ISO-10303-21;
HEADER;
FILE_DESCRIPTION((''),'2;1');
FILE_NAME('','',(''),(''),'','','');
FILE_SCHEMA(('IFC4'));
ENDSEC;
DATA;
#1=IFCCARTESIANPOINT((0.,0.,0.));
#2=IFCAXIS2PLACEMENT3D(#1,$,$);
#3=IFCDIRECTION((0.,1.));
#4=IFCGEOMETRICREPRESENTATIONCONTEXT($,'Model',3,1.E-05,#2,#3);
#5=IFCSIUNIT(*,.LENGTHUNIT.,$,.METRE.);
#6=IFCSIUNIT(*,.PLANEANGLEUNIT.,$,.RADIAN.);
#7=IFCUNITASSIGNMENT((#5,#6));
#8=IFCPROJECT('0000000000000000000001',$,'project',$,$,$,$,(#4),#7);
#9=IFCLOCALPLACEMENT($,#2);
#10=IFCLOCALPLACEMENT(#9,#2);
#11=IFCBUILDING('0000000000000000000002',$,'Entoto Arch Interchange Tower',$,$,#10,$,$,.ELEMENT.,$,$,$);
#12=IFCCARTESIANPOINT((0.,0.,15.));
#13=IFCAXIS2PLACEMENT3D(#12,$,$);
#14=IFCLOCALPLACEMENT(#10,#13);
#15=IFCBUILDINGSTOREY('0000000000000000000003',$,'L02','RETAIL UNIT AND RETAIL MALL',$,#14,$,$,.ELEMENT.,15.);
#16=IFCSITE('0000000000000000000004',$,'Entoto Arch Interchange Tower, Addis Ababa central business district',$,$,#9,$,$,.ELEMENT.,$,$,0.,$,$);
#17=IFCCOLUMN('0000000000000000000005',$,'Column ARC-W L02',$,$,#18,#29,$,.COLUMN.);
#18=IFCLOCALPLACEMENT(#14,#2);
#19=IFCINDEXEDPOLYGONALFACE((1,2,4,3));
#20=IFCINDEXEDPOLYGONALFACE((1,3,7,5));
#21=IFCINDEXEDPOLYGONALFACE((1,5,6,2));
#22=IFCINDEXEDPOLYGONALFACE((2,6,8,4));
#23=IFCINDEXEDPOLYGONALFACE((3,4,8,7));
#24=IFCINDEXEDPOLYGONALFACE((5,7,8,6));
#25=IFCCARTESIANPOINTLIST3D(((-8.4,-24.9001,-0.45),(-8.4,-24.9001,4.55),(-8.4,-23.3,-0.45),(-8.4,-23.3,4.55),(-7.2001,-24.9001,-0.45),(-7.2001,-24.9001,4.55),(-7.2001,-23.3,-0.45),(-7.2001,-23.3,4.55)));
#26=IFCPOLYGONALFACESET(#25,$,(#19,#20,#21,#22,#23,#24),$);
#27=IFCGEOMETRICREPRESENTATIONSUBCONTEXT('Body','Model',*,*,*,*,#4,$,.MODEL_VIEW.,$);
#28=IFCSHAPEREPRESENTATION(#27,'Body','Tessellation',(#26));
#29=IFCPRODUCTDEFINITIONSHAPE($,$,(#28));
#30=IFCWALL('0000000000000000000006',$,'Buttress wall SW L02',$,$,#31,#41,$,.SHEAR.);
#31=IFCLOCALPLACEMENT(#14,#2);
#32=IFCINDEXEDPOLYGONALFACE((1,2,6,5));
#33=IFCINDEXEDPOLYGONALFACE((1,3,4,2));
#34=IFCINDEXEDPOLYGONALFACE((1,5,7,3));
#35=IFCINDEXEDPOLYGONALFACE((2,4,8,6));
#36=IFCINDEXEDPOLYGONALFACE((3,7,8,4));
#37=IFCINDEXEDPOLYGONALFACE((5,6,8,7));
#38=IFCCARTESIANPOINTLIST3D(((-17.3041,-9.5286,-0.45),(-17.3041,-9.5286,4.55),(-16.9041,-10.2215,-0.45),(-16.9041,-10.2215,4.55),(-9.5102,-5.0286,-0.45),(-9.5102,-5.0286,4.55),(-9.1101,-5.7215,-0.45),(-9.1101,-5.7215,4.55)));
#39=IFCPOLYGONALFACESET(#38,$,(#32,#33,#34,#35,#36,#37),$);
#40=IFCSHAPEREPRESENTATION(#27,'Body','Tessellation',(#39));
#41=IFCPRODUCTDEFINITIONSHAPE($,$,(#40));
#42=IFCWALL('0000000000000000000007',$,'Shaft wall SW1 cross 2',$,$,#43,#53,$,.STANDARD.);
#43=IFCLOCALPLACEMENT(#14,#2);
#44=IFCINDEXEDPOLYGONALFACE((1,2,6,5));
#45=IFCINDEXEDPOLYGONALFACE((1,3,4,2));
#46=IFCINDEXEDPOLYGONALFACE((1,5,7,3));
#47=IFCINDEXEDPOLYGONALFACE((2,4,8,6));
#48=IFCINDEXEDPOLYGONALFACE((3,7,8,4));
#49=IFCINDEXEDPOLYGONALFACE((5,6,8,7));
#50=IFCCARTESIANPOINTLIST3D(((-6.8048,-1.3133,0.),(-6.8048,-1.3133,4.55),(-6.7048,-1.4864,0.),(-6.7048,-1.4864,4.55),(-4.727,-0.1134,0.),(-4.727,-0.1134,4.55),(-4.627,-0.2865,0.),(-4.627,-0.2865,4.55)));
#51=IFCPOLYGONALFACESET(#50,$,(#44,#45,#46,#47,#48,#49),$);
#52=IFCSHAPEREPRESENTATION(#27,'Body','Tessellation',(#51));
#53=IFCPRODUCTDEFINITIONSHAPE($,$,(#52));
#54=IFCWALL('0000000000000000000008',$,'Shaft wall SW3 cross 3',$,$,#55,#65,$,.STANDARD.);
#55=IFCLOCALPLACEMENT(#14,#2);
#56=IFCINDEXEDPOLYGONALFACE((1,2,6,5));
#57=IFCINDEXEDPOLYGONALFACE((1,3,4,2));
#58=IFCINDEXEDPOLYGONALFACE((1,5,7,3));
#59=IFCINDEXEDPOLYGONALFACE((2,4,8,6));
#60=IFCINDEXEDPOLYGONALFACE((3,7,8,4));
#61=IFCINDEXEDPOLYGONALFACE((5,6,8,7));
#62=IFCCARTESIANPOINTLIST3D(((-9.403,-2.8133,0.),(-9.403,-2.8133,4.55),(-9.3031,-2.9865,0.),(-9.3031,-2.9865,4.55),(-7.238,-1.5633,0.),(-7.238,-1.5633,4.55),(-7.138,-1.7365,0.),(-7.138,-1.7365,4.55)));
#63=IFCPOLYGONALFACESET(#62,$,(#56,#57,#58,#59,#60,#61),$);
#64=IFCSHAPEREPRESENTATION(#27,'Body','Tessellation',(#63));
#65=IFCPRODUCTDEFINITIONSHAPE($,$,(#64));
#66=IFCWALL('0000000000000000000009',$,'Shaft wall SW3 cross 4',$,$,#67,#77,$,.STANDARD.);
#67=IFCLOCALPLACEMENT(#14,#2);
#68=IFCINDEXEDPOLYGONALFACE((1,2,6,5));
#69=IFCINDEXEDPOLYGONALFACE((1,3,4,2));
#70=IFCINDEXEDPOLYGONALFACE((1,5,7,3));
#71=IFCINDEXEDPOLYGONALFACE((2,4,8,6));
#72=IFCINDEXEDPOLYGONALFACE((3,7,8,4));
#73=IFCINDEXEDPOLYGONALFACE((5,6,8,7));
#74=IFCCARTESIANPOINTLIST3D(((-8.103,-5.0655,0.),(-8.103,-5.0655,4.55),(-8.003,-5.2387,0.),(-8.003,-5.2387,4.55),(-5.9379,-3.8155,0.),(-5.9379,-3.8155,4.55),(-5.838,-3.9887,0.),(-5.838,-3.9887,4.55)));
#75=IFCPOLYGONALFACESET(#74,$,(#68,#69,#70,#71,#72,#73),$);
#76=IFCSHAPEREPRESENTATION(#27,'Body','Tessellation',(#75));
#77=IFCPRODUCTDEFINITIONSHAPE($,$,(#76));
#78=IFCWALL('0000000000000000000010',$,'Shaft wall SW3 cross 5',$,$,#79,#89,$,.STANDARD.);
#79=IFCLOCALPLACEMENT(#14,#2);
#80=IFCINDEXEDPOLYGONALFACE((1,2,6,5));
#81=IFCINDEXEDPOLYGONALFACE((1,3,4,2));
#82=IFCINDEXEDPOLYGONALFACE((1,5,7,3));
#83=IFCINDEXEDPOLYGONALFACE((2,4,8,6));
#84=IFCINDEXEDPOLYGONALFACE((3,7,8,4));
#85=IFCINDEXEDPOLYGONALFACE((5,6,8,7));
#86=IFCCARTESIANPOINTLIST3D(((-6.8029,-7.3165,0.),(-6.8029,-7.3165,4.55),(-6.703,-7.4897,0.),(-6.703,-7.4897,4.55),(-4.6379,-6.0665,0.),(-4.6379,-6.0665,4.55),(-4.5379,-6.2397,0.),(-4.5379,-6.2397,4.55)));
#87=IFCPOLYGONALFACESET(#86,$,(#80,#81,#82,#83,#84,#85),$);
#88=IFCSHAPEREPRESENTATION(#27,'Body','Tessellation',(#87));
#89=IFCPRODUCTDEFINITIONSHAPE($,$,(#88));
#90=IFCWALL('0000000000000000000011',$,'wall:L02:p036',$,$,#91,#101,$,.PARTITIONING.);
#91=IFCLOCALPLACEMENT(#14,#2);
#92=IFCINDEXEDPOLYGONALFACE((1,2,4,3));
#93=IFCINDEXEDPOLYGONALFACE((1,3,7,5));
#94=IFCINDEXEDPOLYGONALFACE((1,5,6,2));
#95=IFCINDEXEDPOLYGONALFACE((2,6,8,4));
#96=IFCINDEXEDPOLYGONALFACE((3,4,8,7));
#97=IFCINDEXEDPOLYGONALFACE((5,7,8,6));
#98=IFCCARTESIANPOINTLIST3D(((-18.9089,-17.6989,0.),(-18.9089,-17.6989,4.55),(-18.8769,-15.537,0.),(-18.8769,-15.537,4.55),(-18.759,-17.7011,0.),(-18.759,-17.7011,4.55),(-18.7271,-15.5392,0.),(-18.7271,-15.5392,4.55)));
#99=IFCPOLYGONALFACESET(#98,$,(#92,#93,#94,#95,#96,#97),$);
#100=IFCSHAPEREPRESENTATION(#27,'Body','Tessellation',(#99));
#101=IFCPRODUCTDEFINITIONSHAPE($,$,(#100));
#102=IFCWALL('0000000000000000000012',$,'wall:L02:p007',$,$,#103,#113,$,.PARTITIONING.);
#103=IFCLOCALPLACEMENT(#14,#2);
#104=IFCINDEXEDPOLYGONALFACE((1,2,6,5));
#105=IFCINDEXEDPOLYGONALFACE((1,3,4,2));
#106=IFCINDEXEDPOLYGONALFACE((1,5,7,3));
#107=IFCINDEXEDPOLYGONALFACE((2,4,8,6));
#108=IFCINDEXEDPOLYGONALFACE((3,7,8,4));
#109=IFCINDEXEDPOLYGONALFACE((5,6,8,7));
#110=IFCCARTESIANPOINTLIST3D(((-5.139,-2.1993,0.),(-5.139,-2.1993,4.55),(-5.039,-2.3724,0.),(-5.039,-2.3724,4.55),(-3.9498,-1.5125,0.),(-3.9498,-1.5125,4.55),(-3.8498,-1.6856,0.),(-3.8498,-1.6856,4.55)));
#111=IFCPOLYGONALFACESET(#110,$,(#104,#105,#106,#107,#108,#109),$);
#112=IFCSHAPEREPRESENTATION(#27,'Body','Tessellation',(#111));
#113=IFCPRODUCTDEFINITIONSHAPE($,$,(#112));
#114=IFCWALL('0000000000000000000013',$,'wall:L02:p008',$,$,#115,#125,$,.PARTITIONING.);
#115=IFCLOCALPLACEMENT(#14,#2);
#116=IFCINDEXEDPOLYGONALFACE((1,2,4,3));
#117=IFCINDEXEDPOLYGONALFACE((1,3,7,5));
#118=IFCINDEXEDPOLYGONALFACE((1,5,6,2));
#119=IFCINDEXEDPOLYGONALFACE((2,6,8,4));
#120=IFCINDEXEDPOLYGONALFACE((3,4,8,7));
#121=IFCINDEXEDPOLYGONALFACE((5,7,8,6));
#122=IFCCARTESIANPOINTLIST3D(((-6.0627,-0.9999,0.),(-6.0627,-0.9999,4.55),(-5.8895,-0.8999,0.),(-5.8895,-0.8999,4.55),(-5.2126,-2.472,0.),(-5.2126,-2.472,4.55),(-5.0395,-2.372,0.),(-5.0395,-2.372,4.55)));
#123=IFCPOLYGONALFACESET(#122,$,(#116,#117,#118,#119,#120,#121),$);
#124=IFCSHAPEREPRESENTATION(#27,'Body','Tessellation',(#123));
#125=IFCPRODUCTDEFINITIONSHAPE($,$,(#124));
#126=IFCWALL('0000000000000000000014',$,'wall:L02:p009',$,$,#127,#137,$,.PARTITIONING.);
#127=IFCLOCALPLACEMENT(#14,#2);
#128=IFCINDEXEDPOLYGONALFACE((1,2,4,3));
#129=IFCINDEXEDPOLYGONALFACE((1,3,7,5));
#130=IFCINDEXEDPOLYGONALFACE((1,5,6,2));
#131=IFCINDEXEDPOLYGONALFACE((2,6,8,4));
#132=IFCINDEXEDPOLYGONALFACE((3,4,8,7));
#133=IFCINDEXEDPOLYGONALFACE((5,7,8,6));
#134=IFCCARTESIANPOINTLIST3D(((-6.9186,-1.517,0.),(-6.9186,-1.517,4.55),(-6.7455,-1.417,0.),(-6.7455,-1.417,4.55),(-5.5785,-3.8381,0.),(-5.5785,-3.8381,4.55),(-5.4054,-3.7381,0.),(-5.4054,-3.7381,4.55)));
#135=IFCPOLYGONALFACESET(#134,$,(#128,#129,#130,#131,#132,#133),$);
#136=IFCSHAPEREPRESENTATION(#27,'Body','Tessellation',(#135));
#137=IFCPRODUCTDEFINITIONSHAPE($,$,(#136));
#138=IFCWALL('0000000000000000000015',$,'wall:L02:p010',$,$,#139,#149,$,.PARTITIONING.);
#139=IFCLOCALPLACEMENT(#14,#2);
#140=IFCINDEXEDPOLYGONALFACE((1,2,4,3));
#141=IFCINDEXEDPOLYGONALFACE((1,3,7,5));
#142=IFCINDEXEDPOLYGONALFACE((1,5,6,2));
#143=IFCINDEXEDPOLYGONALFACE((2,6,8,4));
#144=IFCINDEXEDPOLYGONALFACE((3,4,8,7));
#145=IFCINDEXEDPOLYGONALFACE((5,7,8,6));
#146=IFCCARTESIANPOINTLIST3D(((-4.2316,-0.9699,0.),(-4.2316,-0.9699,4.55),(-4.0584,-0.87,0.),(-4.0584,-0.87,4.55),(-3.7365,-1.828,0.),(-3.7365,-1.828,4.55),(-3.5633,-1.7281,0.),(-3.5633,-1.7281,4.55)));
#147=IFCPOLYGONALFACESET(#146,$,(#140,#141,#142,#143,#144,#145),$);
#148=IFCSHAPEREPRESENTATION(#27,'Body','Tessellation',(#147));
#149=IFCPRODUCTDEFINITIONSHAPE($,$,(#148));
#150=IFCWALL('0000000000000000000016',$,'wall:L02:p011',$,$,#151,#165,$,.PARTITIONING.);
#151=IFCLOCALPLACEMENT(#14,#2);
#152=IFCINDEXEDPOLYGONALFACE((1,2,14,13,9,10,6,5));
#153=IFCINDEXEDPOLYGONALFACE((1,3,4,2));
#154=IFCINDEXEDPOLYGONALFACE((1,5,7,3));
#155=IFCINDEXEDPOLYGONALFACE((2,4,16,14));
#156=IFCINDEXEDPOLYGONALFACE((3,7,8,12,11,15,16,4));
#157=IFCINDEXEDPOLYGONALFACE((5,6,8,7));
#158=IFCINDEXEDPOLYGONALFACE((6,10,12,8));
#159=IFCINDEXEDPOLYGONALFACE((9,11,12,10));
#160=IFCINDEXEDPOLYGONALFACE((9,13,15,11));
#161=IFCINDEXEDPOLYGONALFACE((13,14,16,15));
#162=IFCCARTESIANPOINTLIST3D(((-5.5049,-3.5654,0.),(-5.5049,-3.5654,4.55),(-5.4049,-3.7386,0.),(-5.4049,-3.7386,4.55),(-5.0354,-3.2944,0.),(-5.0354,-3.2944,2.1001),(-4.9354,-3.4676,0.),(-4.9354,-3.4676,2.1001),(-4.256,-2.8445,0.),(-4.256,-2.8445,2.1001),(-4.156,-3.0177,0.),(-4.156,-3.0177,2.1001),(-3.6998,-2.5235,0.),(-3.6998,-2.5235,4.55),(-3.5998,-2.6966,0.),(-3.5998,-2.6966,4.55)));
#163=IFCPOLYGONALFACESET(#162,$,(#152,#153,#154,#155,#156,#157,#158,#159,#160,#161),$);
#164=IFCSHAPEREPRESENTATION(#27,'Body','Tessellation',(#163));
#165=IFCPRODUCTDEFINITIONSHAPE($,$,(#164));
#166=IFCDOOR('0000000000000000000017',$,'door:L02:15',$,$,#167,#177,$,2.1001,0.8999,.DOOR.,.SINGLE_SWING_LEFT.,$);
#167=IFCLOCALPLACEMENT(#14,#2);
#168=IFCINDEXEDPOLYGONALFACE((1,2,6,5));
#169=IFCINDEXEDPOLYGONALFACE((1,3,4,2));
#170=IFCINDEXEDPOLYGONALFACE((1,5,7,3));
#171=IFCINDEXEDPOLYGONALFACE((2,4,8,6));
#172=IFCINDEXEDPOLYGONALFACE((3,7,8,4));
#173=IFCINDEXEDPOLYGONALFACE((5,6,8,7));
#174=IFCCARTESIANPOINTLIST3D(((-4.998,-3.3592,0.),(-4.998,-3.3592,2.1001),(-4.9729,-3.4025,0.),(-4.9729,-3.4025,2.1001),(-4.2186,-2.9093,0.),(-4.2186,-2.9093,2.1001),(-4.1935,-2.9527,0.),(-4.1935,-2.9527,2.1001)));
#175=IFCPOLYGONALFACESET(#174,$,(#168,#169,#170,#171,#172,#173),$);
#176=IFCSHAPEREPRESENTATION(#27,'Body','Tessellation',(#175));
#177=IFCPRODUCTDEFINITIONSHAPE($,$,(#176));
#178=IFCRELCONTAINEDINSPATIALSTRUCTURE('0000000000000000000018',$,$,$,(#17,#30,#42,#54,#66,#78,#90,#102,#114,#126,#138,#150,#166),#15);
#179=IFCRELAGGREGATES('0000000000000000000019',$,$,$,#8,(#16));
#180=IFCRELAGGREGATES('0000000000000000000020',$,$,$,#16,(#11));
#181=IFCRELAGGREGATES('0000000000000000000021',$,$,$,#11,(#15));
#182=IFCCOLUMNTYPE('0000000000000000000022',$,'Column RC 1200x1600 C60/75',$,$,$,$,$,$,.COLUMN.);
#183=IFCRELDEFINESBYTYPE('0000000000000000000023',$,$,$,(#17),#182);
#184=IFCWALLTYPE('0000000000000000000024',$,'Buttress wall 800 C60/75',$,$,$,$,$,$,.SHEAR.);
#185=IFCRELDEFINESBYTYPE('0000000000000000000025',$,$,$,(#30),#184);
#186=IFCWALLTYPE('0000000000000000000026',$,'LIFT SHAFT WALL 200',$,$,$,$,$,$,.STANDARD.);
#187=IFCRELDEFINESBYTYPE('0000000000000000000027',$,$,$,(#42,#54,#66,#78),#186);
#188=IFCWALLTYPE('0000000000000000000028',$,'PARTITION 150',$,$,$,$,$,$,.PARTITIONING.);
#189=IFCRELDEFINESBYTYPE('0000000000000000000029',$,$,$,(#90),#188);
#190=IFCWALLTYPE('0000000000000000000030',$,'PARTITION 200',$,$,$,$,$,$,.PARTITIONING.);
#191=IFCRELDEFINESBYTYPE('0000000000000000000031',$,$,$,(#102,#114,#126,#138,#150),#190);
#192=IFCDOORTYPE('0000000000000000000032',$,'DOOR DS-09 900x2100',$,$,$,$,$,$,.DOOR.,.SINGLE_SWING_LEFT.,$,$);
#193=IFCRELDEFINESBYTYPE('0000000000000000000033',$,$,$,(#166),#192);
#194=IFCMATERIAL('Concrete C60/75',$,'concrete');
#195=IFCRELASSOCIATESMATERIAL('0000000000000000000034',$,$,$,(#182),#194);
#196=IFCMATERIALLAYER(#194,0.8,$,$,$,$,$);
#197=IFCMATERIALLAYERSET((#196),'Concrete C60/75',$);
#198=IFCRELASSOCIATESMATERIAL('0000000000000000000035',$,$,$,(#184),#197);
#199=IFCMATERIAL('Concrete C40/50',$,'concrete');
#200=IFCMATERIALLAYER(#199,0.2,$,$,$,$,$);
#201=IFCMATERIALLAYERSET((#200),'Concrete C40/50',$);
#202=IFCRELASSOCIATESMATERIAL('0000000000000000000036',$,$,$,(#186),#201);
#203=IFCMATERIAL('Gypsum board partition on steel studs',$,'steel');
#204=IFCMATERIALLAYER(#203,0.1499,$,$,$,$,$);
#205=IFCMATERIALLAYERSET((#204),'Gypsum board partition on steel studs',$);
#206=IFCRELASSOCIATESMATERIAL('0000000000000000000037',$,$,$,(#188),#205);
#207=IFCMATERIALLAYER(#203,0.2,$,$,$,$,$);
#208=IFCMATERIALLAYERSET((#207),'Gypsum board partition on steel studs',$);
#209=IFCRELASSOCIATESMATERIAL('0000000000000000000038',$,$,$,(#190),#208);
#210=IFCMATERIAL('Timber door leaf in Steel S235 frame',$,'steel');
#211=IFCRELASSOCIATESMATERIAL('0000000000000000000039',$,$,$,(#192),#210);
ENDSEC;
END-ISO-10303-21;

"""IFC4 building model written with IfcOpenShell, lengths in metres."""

from ifc_helpers import new_model, si_unit, direction, frame, frame_2d, origin, origin_2d, place, context, subcontext, project, spatial, rectangle, extrude, material, layer, layer_set, material_profile, profile_set, type_object, element, fill, save


model = new_model("IFC4")

# Units and contexts
model_context = context("Model", 3, precision=1e-05, world=origin(), true_north=direction((0.0, 1.0)))
body_context = subcontext(model_context, "Body", "Model", "MODEL_VIEW")
ifc_project = project(units=[si_unit("LENGTHUNIT", "METRE"), si_unit("PLANEANGLEUNIT", "RADIAN")], contexts=[model_context])

# Site, building, storey
site_placement = place(None, origin())
site = spatial("IfcSite", under=ifc_project, at=site_placement, Name="Entoto Arch Interchange Tower, Addis Ababa central business district", CompositionType="ELEMENT", RefElevation=0.0)
building_placement = place(site_placement, origin())
building = spatial("IfcBuilding", under=site, at=building_placement, Name="Entoto Arch Interchange Tower", CompositionType="ELEMENT")
storey_placement = place(building_placement, frame((0.0, 0.0, 15.0)))
storey = spatial("IfcBuildingStorey", under=building, at=storey_placement, Name="L02", Description="RETAIL UNIT AND RETAIL MALL", CompositionType="ELEMENT", Elevation=15.0)

# Column
ifc_material_1 = material(Name="Concrete C60/75", Category="concrete")
ifc_material_profile = material_profile(ifc_material_1, rectangle(XDim=1.2, YDim=1.6001, at=origin_2d()))
ifc_profile_set = profile_set([ifc_material_profile], Name="Concrete C60/75")
column_type = type_object("IfcColumnType", Name="Column RC 1200x1600 C60/75", PredefinedType="COLUMN", material=ifc_profile_set)
column_placement = place(storey_placement, frame((-7.8, -24.1001, -0.45), z_axis=(0.0, 0.0, 1.0), x_axis=(1.0, 0.0, 0.0)))
element("IfcColumn", 1, at=column_placement, inside=storey, type_object=column_type, Name="Column ARC-W L02", PredefinedType="COLUMN", context=body_context, shape_type="SweptSolid", body=[
    extrude(rectangle(XDim=1.2, YDim=1.6001, at=origin_2d()), origin(), (0.0, 0.0, 1.0), 5.0),
])

# Walls
ifc_layer_1 = layer(ifc_material_1, 0.8)
ifc_layer_set_1 = layer_set([ifc_layer_1], Name="Concrete C60/75")
wall_type_1 = type_object("IfcWallType", Name="Buttress wall 800 C60/75", PredefinedType="SHEAR", material=ifc_layer_set_1)
wall_1_placement = place(storey_placement, frame((-9.3101, -5.375, -0.45), z_axis=(0.0, 0.0, 1.0), x_axis=(-0.866018, -0.500014, 0.0)))
element("IfcWall", 2, at=wall_1_placement, inside=storey, type_object=wall_type_1, Name="Buttress wall SW L02", PredefinedType="SHEAR", context=body_context, shape_type="SweptSolid", body=[
    extrude(rectangle(XDim=8.9998, YDim=0.8, at=frame_2d((4.5, 0.0))), origin(), (0.0, 0.0, 1.0), 5.0),
])
ifc_material_2 = material(Name="Concrete C40/50", Category="concrete")
ifc_layer_2 = layer(ifc_material_2, 0.2)
ifc_layer_set_2 = layer_set([ifc_layer_2], Name="Concrete C40/50")
wall_type_2 = type_object("IfcWallType", Name="LIFT SHAFT WALL 200", PredefinedType="STANDARD", material=ifc_layer_set_2)
wall_2_placement = place(storey_placement, frame((-4.677, -0.2, 0.0), z_axis=(0.0, 0.0, 1.0), x_axis=(-0.865974, -0.500089, 0.0)))
element("IfcWall", 3, at=wall_2_placement, inside=storey, type_object=wall_type_2, Name="Shaft wall SW1 cross 2", PredefinedType="STANDARD", context=body_context, shape_type="SweptSolid", body=[
    extrude(rectangle(XDim=2.3994, YDim=0.2, at=frame_2d((1.1997, 0.0))), origin(), (0.0, 0.0, 1.0), 4.55),
])
for number, where, z_axis, x_axis, name in (
    (4, (-7.188, -1.6499, 0.0), (0.0, 0.0, 1.0), (-0.866023, -0.500004, 0.0), "Shaft wall SW3 cross 3"),
    (5, (-5.8879, -3.9021, 0.0), (0.0, 0.0, 1.0), (-0.866023, -0.500004, 0.0), "Shaft wall SW3 cross 4"),
    (6, (-4.5879, -6.1531, 0.0), (0.0, 0.0, 1.0), (-0.866023, -0.500004, 0.0), "Shaft wall SW3 cross 5"),
):
    element("IfcWall", number, at=place(storey_placement, frame(where, z_axis=z_axis, x_axis=x_axis)), inside=storey, type_object=wall_type_2, Name=name, PredefinedType="STANDARD", context=body_context, shape_type="SweptSolid", body=[
        extrude(rectangle(XDim=2.5, YDim=0.2, at=frame_2d((1.25, 0.0))), origin(), (0.0, 0.0, 1.0), 4.55),
    ])
ifc_material_3 = material(Name="Gypsum board partition on steel studs", Category="steel")
ifc_layer_3 = layer(ifc_material_3, 0.1499)
ifc_layer_set_3 = layer_set([ifc_layer_3], Name="Gypsum board partition on steel studs")
wall_type_3 = type_object("IfcWallType", Name="PARTITION 150", PredefinedType="PARTITIONING", material=ifc_layer_set_3)
wall_3_placement = place(storey_placement, frame((-18.802, -15.5381, 0.0), z_axis=(0.0, 0.0, 1.0), x_axis=(-0.014792, -0.999891, 0.0)))
element("IfcWall", 7, at=wall_3_placement, inside=storey, type_object=wall_type_3, Name="wall:L02:p036", PredefinedType="PARTITIONING", context=body_context, shape_type="SweptSolid", body=[
    extrude(rectangle(XDim=2.1621, YDim=0.1499, at=frame_2d((1.0811, 0.0))), origin(), (0.0, 0.0, 1.0), 4.55),
])
ifc_layer_4 = layer(ifc_material_3, 0.2)
ifc_layer_set_4 = layer_set([ifc_layer_4], Name="Gypsum board partition on steel studs")
wall_type_4 = type_object("IfcWallType", Name="PARTITION 200", PredefinedType="PARTITIONING", material=ifc_layer_set_4)
wall_4_placement = place(storey_placement, frame((-3.8999, -1.5991, 0.0), z_axis=(0.0, 0.0, 1.0), x_axis=(-0.865969, -0.500097, 0.0)))
element("IfcWall", 8, at=wall_4_placement, inside=storey, type_object=wall_type_4, Name="wall:L02:p007", PredefinedType="PARTITIONING", context=body_context, shape_type="SweptSolid", body=[
    extrude(rectangle(XDim=1.3733, YDim=0.2, at=frame_2d((0.6865, 0.0))), origin(), (0.0, 0.0, 1.0), 4.55),
])
wall_5_placement = place(storey_placement, frame((-5.126, -2.4221, 0.0), z_axis=(0.0, 0.0, 1.0), x_axis=(-0.500062, 0.865989, 0.0)))
element("IfcWall", 9, at=wall_5_placement, inside=storey, type_object=wall_type_4, Name="wall:L02:p008", PredefinedType="PARTITIONING", context=body_context, shape_type="SweptSolid", body=[
    extrude(rectangle(XDim=1.7, YDim=0.2, at=frame_2d((0.8501, 0.0))), origin(), (0.0, 0.0, 1.0), 4.55),
])
wall_6_placement = place(storey_placement, frame((-5.4919, -3.7881, 0.0), z_axis=(0.0, 0.0, 1.0), x_axis=(-0.500009, 0.86602, 0.0)))
element("IfcWall", 10, at=wall_6_placement, inside=storey, type_object=wall_type_4, Name="wall:L02:p009", PredefinedType="PARTITIONING", context=body_context, shape_type="SweptSolid", body=[
    extrude(rectangle(XDim=2.6802, YDim=0.2, at=frame_2d((1.3401, 0.0))), origin(), (0.0, 0.0, 1.0), 4.55),
])
wall_7_placement = place(storey_placement, frame((-4.145, -0.9199, 0.0), z_axis=(0.0, 0.0, 1.0), x_axis=(0.499744, -0.866173, 0.0)))
element("IfcWall", 11, at=wall_7_placement, inside=storey, type_object=wall_type_4, Name="wall:L02:p010", PredefinedType="PARTITIONING", context=body_context, shape_type="SweptSolid", body=[
    extrude(rectangle(XDim=0.9907, YDim=0.2, at=frame_2d((0.4954, 0.0))), origin(), (0.0, 0.0, 1.0), 4.55),
])

# Wall, opening, door
wall_8_placement = place(storey_placement, frame((-3.6499, -2.6101, 0.0), z_axis=(0.0, 0.0, 1.0), x_axis=(-0.866072, -0.499918, 0.0)))
wall_8 = element("IfcWall", 12, at=wall_8_placement, inside=storey, type_object=wall_type_4, Name="wall:L02:p011", PredefinedType="PARTITIONING", context=body_context, shape_type="SweptSolid", body=[
    extrude(rectangle(XDim=2.0842, YDim=0.2, at=frame_2d((1.042, 0.0))), origin(), (0.0, 0.0, 1.0), 4.55),
])
opening_1_placement = place(wall_8_placement, frame((0.6421, 0.0, 0.0)))
opening_1 = element("IfcOpeningElement", 13, at=opening_1_placement, cuts=wall_8, PredefinedType="OPENING", context=body_context, shape_type="SweptSolid", body=[
    extrude(rectangle(XDim=0.8999, YDim=2.1001, at=frame_2d((0.45, 1.05))), frame((0.0, 0.1099, 0.0), z_axis=(0.0, -1.0, 0.0), x_axis=(1.0, 0.0, 0.0)), (0.0, 0.0, 1.0), 0.22),
])
ifc_material_4 = material(Name="Timber door leaf in Steel S235 frame", Category="steel")
door_type_1 = type_object("IfcDoorType", Name="DOOR DS-09 900x2100", OperationType="SINGLE_SWING_LEFT", PredefinedType="DOOR", material=ifc_material_4)
door_1_placement = place(opening_1_placement, origin())
door_1 = element("IfcDoor", 14, at=door_1_placement, inside=storey, type_object=door_type_1, Name="door:L02:15", OperationType="SINGLE_SWING_LEFT", OverallHeight=2.1001, OverallWidth=0.8999, PredefinedType="DOOR", context=body_context, shape_type="SweptSolid", body=[
    extrude(rectangle(XDim=0.8999, YDim=2.1001, at=frame_2d((0.45, 1.05))), frame((0.0, 0.0249, 0.0), z_axis=(0.0, -1.0, 0.0), x_axis=(1.0, 0.0, 0.0)), (0.0, 0.0, 1.0), 0.05),
])
fill(opening_1, door_1)

save(model, "model.ifc")
